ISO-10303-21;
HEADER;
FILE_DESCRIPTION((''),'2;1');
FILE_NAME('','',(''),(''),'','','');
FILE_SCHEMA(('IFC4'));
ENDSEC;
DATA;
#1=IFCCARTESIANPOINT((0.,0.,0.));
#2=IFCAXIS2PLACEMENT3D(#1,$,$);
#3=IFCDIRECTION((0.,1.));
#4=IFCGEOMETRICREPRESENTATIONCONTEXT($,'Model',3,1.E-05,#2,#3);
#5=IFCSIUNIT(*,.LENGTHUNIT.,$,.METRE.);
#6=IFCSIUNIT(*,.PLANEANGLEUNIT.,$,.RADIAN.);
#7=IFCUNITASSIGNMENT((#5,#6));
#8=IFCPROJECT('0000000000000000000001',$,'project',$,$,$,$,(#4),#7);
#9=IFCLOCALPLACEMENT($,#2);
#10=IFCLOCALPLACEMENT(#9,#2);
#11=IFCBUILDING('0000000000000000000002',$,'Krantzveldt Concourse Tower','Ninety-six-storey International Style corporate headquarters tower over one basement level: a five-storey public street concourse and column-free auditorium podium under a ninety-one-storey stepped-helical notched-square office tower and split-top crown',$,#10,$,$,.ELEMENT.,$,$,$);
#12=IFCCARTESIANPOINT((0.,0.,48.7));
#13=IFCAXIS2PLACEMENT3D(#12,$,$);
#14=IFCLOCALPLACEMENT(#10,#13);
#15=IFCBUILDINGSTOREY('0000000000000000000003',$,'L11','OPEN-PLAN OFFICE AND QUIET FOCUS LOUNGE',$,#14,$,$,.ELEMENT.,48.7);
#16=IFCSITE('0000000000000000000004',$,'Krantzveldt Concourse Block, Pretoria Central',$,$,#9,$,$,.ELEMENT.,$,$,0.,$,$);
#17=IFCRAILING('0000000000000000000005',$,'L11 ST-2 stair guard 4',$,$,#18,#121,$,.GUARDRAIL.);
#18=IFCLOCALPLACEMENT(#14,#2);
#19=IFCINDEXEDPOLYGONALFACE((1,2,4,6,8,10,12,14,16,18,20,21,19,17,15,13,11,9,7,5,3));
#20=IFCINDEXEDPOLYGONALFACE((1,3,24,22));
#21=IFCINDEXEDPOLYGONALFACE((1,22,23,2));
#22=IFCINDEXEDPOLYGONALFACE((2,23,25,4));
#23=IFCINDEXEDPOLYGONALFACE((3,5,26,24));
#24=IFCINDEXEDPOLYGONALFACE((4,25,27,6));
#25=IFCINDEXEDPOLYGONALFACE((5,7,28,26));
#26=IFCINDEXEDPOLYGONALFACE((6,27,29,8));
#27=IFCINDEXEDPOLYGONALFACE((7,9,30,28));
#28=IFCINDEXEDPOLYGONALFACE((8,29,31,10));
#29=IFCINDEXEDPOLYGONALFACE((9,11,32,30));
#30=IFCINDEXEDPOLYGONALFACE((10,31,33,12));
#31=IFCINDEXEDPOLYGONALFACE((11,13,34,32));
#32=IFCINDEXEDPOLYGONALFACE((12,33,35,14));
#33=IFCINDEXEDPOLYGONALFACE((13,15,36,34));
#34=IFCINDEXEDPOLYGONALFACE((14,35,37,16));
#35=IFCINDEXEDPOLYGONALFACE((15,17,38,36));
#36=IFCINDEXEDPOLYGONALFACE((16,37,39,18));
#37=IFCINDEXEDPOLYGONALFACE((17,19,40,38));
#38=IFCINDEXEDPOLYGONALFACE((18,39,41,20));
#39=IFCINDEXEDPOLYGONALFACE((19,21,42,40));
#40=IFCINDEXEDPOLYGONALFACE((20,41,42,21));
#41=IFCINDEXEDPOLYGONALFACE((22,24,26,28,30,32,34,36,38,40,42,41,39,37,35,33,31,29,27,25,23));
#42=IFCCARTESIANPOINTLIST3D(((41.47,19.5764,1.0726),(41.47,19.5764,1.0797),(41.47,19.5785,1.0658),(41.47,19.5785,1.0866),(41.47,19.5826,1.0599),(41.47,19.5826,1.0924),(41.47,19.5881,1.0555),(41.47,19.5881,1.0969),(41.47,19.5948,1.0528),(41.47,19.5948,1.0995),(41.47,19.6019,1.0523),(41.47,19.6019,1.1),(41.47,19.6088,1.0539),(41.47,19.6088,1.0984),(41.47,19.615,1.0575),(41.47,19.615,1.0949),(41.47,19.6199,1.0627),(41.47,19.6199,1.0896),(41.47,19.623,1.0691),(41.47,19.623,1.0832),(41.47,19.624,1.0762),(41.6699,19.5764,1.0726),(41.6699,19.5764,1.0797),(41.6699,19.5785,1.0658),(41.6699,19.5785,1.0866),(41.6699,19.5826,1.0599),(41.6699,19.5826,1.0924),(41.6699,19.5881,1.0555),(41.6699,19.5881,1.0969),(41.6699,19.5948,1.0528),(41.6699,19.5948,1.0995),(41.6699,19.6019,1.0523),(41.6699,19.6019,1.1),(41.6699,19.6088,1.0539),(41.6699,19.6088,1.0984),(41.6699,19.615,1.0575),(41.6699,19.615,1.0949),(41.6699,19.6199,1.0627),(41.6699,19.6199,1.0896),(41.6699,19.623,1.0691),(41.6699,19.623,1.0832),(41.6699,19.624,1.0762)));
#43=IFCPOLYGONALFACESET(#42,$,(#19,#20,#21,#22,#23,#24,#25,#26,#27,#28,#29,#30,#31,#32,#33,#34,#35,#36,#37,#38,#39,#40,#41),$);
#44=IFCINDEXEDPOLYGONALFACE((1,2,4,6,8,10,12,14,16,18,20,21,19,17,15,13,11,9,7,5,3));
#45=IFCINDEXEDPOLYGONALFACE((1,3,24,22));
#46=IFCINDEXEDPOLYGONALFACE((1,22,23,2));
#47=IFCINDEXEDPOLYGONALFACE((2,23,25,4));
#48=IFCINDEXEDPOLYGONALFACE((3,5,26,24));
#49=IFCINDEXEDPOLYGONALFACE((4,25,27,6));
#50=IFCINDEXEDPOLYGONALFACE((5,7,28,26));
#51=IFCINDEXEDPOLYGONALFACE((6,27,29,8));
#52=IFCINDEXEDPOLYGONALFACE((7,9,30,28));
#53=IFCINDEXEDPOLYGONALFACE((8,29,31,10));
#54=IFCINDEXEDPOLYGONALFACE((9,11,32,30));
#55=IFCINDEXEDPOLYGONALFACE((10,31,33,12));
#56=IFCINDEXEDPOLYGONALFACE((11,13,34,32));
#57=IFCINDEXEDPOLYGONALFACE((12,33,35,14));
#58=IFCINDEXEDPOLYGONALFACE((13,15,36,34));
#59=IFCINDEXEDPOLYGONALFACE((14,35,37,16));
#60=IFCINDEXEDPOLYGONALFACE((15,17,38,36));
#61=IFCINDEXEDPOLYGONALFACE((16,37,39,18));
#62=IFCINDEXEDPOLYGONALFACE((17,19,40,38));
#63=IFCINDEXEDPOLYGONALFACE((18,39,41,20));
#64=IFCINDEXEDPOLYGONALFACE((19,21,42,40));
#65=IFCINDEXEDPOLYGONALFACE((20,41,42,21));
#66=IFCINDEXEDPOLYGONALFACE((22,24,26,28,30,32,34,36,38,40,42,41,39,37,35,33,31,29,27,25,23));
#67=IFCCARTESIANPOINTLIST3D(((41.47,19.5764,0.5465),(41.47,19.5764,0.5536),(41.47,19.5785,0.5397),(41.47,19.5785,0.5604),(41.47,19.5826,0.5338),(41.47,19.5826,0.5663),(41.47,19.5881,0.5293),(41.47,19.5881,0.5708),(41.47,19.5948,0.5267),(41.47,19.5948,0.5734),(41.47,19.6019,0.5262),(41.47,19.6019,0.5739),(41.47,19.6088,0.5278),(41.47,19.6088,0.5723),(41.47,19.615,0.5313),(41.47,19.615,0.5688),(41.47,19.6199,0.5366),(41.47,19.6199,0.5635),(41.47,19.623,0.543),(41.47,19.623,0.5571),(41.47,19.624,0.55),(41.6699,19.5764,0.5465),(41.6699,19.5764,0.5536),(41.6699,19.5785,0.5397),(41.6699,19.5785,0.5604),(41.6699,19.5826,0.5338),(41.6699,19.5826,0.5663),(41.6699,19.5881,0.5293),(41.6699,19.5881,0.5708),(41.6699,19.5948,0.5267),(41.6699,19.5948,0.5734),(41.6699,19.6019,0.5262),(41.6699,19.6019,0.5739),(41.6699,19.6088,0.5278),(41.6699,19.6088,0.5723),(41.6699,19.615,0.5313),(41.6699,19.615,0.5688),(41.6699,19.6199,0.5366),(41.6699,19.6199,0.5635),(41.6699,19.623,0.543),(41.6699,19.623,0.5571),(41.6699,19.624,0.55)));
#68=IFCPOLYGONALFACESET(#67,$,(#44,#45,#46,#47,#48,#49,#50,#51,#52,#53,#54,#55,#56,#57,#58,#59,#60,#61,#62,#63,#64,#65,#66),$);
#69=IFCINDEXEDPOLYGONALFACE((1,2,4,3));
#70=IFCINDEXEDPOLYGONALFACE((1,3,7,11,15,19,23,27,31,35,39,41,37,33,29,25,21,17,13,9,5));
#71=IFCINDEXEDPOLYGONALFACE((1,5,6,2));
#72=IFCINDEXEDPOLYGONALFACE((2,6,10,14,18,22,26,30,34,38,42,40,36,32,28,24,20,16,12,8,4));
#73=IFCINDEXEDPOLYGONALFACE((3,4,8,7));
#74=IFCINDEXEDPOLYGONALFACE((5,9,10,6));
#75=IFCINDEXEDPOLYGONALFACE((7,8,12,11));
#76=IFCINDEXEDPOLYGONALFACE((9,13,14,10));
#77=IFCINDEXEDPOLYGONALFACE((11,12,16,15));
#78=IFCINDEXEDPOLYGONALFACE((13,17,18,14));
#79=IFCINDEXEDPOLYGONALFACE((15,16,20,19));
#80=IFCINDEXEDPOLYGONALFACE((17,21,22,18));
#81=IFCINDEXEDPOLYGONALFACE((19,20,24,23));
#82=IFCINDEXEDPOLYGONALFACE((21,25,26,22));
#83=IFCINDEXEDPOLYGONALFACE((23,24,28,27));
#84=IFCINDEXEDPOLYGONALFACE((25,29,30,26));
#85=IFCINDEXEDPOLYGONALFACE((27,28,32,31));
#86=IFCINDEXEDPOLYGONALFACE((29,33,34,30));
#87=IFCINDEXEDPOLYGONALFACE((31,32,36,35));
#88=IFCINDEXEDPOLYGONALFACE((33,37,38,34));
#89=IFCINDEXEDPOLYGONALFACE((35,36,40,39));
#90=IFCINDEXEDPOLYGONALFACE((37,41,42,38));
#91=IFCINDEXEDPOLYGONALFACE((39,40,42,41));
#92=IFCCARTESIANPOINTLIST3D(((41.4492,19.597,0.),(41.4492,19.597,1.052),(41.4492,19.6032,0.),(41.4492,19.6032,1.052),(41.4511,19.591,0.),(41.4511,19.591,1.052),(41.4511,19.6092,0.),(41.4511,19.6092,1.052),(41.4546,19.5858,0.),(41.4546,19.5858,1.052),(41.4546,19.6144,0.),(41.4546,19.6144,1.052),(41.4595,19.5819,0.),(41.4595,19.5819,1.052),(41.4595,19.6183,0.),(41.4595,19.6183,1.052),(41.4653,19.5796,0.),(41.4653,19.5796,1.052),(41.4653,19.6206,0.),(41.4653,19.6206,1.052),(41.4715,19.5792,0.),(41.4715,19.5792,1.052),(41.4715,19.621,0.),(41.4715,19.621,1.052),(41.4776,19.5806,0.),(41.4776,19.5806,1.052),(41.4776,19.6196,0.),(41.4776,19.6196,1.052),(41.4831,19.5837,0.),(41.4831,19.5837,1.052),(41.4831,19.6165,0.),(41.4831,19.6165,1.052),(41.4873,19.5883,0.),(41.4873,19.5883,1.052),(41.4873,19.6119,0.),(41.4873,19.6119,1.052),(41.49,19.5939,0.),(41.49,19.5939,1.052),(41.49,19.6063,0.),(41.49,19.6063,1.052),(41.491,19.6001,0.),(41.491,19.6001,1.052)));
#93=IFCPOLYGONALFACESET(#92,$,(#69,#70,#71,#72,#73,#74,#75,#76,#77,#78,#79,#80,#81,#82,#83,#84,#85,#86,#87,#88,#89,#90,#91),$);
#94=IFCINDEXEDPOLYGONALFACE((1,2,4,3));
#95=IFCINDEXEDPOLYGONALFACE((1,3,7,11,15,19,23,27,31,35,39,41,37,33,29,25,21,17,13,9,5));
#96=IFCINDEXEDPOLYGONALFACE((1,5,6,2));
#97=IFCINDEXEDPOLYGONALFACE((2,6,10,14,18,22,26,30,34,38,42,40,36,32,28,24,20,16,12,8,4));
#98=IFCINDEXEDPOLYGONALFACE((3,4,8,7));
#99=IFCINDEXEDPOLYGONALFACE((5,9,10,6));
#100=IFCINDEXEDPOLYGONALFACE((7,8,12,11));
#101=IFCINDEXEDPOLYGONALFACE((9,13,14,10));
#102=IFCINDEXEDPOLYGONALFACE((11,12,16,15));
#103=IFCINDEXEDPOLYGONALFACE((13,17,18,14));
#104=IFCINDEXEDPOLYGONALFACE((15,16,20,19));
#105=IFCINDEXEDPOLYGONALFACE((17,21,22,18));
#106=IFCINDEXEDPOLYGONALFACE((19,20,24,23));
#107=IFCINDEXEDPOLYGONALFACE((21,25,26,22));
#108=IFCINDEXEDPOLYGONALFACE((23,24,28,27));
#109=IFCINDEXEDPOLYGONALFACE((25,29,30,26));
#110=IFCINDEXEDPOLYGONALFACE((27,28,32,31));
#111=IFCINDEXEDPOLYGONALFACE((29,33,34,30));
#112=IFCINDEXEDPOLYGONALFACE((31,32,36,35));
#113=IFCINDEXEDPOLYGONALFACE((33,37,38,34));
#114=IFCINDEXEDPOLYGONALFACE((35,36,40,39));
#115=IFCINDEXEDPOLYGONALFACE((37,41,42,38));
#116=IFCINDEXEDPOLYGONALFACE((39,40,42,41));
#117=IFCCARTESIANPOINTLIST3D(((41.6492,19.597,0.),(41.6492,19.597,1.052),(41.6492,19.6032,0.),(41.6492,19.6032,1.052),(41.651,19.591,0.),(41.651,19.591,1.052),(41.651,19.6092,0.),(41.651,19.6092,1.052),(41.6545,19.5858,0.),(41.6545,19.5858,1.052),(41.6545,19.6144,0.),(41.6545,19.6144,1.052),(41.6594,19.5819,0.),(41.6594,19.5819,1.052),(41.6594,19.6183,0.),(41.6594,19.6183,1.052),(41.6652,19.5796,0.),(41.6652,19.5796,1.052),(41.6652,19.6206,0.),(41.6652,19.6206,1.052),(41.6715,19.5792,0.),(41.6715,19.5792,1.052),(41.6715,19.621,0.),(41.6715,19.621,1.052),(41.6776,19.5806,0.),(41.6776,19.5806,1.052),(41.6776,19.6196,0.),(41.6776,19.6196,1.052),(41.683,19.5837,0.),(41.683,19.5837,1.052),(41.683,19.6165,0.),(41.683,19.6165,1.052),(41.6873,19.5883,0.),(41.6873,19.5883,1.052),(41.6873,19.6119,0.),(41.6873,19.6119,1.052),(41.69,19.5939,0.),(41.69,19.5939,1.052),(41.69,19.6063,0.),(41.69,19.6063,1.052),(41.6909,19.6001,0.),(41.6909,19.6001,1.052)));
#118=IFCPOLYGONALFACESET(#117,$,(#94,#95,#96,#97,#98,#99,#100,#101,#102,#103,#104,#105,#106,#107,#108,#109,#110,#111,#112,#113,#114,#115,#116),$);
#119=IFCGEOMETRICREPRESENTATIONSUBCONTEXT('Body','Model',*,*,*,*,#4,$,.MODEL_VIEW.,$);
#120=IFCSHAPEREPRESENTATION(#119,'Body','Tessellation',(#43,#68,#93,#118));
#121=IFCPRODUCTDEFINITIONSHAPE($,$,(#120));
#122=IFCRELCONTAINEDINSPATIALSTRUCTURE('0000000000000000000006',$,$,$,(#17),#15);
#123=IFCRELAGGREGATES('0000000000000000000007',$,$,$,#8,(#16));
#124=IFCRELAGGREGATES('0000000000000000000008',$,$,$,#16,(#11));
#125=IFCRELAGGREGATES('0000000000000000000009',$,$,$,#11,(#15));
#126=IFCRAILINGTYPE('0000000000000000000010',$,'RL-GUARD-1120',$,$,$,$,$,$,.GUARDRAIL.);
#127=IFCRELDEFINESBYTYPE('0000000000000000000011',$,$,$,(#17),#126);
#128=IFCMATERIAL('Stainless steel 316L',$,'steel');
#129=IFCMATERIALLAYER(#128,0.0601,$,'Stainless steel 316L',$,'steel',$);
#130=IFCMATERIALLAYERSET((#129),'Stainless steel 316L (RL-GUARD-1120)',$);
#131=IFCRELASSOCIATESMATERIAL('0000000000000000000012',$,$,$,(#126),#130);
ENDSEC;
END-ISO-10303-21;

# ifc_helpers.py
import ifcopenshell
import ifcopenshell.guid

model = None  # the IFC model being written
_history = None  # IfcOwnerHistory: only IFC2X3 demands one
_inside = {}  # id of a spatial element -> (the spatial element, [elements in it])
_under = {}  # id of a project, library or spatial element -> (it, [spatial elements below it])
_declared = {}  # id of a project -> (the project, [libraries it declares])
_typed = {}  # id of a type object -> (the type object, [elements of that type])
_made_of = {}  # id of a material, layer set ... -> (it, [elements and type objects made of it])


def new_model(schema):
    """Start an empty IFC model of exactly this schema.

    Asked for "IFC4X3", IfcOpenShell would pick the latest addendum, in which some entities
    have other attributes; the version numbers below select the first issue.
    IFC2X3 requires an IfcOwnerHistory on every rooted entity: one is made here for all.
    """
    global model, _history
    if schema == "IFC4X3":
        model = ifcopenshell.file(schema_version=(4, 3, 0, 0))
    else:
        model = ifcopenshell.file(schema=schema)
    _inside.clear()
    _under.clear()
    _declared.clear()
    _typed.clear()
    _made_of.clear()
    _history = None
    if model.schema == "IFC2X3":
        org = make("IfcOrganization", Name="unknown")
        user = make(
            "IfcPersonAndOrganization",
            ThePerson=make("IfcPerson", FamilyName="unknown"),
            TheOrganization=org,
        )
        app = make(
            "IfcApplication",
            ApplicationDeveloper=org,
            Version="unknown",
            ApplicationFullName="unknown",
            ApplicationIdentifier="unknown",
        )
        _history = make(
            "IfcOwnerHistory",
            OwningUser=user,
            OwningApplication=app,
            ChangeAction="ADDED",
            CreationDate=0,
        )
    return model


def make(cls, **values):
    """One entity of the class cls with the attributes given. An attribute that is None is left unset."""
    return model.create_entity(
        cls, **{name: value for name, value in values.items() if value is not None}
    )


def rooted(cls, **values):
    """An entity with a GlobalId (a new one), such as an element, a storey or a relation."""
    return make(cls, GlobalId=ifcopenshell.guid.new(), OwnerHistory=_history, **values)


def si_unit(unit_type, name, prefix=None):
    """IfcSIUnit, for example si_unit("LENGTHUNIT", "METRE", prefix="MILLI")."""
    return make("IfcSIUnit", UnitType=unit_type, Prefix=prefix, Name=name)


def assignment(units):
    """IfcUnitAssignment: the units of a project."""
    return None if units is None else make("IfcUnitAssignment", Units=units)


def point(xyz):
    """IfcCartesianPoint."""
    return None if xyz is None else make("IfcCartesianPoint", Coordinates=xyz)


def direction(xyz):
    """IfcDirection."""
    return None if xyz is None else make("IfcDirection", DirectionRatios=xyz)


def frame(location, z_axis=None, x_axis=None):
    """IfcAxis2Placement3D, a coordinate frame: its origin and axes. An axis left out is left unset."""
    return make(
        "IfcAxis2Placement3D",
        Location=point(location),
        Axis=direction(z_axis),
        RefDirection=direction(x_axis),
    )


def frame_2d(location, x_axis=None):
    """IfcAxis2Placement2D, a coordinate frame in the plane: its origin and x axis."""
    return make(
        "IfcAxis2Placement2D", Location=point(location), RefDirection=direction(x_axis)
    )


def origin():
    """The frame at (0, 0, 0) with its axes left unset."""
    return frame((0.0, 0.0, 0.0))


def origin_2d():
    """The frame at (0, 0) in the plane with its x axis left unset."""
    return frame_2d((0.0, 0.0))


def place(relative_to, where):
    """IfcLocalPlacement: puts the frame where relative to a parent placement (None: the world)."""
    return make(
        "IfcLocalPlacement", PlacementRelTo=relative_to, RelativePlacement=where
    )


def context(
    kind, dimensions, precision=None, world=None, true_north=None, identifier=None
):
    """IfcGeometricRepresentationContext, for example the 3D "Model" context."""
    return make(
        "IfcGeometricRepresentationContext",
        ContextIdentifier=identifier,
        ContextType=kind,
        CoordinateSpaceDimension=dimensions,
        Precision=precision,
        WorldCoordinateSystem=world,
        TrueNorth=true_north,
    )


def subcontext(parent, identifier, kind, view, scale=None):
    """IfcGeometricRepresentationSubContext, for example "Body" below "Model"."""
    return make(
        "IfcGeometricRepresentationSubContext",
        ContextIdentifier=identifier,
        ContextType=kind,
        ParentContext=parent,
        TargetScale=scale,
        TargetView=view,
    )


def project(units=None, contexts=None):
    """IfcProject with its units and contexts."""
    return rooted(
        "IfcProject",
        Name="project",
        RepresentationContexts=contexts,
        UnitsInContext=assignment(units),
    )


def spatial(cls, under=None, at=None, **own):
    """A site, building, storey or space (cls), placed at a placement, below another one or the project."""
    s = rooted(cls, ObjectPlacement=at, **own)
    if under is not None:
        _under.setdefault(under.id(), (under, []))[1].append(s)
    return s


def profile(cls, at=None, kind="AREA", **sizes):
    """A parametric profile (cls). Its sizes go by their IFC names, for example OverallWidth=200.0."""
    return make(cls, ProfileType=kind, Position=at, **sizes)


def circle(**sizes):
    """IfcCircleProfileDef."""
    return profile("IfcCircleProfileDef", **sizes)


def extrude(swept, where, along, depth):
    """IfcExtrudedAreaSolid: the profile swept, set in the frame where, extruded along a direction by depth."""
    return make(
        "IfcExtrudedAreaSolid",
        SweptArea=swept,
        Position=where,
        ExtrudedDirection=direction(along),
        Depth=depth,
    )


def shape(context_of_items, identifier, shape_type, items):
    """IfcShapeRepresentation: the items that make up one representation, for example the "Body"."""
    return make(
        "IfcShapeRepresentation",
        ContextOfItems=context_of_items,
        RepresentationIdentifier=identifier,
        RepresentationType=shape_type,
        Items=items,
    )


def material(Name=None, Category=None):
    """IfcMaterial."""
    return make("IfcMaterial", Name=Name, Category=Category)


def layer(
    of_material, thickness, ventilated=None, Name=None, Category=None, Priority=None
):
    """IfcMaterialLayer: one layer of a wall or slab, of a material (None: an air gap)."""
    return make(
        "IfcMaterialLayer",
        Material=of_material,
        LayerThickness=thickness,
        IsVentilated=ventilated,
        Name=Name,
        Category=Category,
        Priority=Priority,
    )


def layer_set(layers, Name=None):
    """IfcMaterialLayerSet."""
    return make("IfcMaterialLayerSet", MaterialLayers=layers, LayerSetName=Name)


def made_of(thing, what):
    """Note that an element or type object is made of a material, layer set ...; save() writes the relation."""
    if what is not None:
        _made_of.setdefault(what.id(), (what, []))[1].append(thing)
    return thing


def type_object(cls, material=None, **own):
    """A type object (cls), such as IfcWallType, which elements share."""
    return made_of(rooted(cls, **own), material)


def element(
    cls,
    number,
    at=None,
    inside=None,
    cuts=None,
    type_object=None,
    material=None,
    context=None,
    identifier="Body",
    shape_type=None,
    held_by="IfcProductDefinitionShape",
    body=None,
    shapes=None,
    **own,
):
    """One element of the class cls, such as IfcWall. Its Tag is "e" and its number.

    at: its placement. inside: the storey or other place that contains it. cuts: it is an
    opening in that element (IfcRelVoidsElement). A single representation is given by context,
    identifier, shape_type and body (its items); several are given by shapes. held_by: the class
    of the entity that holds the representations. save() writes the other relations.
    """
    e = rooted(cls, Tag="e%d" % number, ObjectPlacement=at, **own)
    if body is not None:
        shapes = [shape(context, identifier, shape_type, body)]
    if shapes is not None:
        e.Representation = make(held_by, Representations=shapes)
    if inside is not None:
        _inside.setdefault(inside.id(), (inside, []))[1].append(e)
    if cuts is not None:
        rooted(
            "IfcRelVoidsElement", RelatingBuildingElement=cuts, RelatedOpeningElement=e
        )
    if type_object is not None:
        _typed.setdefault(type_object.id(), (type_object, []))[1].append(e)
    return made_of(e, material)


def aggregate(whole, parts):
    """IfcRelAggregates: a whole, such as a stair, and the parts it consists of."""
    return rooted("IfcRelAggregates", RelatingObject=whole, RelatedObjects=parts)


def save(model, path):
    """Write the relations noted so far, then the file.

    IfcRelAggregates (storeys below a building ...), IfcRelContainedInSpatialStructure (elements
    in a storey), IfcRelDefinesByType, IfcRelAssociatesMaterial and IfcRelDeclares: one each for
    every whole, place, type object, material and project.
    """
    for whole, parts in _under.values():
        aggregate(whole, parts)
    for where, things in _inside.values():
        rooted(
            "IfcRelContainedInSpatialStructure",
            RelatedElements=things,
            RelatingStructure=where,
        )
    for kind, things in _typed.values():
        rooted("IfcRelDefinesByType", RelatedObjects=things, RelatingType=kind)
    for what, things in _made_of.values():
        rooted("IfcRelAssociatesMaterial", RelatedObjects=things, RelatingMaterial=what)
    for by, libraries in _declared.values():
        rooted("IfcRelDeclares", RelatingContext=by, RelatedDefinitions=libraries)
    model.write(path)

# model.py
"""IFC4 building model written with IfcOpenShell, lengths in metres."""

from ifc_helpers import new_model, si_unit, direction, frame, origin, origin_2d, place, context, subcontext, project, spatial, circle, extrude, material, layer, layer_set, type_object, element, save


model = new_model("IFC4")

# Units and contexts
model_context = context("Model", 3, precision=1e-05, world=origin(), true_north=direction((0.0, 1.0)))
body_context = subcontext(model_context, "Body", "Model", "MODEL_VIEW")
ifc_project = project(units=[si_unit("LENGTHUNIT", "METRE"), si_unit("PLANEANGLEUNIT", "RADIAN")], contexts=[model_context])

# Site, building, storey
site_placement = place(None, origin())
site = spatial("IfcSite", under=ifc_project, at=site_placement, Name="Krantzveldt Concourse Block, Pretoria Central", CompositionType="ELEMENT", RefElevation=0.0)
building_placement = place(site_placement, origin())
building = spatial("IfcBuilding", under=site, at=building_placement, Name="Krantzveldt Concourse Tower", Description="Ninety-six-storey International Style corporate headquarters tower over one basement level: a five-storey public street concourse and column-free auditorium podium under a ninety-one-storey stepped-helical notched-square office tower and split-top crown", CompositionType="ELEMENT")
storey_placement = place(building_placement, frame((0.0, 0.0, 48.7)))
storey = spatial("IfcBuildingStorey", under=building, at=storey_placement, Name="L11", Description="OPEN-PLAN OFFICE AND QUIET FOCUS LOUNGE", CompositionType="ELEMENT", Elevation=48.7)

# Shared definitions
ifc_material_1 = material(Name="Stainless steel 316L", Category="steel")

# Railing
ifc_layer_1 = layer(ifc_material_1, 0.0601, Name="Stainless steel 316L", Category="steel")
ifc_layer_set_1 = layer_set([ifc_layer_1], Name="Stainless steel 316L (RL-GUARD-1120)")
railing_type_1 = type_object("IfcRailingType", Name="RL-GUARD-1120", PredefinedType="GUARDRAIL", material=ifc_layer_set_1)
railing_1_placement = place(storey_placement, frame((41.47, 19.6001, 0.0)))
element("IfcRailing", 1, at=railing_1_placement, inside=storey, type_object=railing_type_1, Name="L11 ST-2 stair guard 4", PredefinedType="GUARDRAIL", context=body_context, shape_type="SweptSolid", body=[
    extrude(circle(Radius=0.0239, at=origin_2d()), frame((0.0, 0.0, 1.0762), z_axis=(1.0, 0.0, 0.0), x_axis=(0.0, 1.0, 0.0)), (0.0, 0.0, 1.0), 0.2),
    extrude(circle(Radius=0.0239, at=origin_2d()), frame((0.0, 0.0, 0.55), z_axis=(1.0, 0.0, 0.0), x_axis=(0.0, 1.0, 0.0)), (0.0, 0.0, 1.0), 0.2),
    extrude(circle(Radius=0.021, at=origin_2d()), origin(), (0.0, 0.0, 1.0), 1.052),
    extrude(circle(Radius=0.021, at=origin_2d()), frame((0.2, 0.0, 0.0)), (0.0, 0.0, 1.0), 1.052),
])

save(model, "model.ifc")
